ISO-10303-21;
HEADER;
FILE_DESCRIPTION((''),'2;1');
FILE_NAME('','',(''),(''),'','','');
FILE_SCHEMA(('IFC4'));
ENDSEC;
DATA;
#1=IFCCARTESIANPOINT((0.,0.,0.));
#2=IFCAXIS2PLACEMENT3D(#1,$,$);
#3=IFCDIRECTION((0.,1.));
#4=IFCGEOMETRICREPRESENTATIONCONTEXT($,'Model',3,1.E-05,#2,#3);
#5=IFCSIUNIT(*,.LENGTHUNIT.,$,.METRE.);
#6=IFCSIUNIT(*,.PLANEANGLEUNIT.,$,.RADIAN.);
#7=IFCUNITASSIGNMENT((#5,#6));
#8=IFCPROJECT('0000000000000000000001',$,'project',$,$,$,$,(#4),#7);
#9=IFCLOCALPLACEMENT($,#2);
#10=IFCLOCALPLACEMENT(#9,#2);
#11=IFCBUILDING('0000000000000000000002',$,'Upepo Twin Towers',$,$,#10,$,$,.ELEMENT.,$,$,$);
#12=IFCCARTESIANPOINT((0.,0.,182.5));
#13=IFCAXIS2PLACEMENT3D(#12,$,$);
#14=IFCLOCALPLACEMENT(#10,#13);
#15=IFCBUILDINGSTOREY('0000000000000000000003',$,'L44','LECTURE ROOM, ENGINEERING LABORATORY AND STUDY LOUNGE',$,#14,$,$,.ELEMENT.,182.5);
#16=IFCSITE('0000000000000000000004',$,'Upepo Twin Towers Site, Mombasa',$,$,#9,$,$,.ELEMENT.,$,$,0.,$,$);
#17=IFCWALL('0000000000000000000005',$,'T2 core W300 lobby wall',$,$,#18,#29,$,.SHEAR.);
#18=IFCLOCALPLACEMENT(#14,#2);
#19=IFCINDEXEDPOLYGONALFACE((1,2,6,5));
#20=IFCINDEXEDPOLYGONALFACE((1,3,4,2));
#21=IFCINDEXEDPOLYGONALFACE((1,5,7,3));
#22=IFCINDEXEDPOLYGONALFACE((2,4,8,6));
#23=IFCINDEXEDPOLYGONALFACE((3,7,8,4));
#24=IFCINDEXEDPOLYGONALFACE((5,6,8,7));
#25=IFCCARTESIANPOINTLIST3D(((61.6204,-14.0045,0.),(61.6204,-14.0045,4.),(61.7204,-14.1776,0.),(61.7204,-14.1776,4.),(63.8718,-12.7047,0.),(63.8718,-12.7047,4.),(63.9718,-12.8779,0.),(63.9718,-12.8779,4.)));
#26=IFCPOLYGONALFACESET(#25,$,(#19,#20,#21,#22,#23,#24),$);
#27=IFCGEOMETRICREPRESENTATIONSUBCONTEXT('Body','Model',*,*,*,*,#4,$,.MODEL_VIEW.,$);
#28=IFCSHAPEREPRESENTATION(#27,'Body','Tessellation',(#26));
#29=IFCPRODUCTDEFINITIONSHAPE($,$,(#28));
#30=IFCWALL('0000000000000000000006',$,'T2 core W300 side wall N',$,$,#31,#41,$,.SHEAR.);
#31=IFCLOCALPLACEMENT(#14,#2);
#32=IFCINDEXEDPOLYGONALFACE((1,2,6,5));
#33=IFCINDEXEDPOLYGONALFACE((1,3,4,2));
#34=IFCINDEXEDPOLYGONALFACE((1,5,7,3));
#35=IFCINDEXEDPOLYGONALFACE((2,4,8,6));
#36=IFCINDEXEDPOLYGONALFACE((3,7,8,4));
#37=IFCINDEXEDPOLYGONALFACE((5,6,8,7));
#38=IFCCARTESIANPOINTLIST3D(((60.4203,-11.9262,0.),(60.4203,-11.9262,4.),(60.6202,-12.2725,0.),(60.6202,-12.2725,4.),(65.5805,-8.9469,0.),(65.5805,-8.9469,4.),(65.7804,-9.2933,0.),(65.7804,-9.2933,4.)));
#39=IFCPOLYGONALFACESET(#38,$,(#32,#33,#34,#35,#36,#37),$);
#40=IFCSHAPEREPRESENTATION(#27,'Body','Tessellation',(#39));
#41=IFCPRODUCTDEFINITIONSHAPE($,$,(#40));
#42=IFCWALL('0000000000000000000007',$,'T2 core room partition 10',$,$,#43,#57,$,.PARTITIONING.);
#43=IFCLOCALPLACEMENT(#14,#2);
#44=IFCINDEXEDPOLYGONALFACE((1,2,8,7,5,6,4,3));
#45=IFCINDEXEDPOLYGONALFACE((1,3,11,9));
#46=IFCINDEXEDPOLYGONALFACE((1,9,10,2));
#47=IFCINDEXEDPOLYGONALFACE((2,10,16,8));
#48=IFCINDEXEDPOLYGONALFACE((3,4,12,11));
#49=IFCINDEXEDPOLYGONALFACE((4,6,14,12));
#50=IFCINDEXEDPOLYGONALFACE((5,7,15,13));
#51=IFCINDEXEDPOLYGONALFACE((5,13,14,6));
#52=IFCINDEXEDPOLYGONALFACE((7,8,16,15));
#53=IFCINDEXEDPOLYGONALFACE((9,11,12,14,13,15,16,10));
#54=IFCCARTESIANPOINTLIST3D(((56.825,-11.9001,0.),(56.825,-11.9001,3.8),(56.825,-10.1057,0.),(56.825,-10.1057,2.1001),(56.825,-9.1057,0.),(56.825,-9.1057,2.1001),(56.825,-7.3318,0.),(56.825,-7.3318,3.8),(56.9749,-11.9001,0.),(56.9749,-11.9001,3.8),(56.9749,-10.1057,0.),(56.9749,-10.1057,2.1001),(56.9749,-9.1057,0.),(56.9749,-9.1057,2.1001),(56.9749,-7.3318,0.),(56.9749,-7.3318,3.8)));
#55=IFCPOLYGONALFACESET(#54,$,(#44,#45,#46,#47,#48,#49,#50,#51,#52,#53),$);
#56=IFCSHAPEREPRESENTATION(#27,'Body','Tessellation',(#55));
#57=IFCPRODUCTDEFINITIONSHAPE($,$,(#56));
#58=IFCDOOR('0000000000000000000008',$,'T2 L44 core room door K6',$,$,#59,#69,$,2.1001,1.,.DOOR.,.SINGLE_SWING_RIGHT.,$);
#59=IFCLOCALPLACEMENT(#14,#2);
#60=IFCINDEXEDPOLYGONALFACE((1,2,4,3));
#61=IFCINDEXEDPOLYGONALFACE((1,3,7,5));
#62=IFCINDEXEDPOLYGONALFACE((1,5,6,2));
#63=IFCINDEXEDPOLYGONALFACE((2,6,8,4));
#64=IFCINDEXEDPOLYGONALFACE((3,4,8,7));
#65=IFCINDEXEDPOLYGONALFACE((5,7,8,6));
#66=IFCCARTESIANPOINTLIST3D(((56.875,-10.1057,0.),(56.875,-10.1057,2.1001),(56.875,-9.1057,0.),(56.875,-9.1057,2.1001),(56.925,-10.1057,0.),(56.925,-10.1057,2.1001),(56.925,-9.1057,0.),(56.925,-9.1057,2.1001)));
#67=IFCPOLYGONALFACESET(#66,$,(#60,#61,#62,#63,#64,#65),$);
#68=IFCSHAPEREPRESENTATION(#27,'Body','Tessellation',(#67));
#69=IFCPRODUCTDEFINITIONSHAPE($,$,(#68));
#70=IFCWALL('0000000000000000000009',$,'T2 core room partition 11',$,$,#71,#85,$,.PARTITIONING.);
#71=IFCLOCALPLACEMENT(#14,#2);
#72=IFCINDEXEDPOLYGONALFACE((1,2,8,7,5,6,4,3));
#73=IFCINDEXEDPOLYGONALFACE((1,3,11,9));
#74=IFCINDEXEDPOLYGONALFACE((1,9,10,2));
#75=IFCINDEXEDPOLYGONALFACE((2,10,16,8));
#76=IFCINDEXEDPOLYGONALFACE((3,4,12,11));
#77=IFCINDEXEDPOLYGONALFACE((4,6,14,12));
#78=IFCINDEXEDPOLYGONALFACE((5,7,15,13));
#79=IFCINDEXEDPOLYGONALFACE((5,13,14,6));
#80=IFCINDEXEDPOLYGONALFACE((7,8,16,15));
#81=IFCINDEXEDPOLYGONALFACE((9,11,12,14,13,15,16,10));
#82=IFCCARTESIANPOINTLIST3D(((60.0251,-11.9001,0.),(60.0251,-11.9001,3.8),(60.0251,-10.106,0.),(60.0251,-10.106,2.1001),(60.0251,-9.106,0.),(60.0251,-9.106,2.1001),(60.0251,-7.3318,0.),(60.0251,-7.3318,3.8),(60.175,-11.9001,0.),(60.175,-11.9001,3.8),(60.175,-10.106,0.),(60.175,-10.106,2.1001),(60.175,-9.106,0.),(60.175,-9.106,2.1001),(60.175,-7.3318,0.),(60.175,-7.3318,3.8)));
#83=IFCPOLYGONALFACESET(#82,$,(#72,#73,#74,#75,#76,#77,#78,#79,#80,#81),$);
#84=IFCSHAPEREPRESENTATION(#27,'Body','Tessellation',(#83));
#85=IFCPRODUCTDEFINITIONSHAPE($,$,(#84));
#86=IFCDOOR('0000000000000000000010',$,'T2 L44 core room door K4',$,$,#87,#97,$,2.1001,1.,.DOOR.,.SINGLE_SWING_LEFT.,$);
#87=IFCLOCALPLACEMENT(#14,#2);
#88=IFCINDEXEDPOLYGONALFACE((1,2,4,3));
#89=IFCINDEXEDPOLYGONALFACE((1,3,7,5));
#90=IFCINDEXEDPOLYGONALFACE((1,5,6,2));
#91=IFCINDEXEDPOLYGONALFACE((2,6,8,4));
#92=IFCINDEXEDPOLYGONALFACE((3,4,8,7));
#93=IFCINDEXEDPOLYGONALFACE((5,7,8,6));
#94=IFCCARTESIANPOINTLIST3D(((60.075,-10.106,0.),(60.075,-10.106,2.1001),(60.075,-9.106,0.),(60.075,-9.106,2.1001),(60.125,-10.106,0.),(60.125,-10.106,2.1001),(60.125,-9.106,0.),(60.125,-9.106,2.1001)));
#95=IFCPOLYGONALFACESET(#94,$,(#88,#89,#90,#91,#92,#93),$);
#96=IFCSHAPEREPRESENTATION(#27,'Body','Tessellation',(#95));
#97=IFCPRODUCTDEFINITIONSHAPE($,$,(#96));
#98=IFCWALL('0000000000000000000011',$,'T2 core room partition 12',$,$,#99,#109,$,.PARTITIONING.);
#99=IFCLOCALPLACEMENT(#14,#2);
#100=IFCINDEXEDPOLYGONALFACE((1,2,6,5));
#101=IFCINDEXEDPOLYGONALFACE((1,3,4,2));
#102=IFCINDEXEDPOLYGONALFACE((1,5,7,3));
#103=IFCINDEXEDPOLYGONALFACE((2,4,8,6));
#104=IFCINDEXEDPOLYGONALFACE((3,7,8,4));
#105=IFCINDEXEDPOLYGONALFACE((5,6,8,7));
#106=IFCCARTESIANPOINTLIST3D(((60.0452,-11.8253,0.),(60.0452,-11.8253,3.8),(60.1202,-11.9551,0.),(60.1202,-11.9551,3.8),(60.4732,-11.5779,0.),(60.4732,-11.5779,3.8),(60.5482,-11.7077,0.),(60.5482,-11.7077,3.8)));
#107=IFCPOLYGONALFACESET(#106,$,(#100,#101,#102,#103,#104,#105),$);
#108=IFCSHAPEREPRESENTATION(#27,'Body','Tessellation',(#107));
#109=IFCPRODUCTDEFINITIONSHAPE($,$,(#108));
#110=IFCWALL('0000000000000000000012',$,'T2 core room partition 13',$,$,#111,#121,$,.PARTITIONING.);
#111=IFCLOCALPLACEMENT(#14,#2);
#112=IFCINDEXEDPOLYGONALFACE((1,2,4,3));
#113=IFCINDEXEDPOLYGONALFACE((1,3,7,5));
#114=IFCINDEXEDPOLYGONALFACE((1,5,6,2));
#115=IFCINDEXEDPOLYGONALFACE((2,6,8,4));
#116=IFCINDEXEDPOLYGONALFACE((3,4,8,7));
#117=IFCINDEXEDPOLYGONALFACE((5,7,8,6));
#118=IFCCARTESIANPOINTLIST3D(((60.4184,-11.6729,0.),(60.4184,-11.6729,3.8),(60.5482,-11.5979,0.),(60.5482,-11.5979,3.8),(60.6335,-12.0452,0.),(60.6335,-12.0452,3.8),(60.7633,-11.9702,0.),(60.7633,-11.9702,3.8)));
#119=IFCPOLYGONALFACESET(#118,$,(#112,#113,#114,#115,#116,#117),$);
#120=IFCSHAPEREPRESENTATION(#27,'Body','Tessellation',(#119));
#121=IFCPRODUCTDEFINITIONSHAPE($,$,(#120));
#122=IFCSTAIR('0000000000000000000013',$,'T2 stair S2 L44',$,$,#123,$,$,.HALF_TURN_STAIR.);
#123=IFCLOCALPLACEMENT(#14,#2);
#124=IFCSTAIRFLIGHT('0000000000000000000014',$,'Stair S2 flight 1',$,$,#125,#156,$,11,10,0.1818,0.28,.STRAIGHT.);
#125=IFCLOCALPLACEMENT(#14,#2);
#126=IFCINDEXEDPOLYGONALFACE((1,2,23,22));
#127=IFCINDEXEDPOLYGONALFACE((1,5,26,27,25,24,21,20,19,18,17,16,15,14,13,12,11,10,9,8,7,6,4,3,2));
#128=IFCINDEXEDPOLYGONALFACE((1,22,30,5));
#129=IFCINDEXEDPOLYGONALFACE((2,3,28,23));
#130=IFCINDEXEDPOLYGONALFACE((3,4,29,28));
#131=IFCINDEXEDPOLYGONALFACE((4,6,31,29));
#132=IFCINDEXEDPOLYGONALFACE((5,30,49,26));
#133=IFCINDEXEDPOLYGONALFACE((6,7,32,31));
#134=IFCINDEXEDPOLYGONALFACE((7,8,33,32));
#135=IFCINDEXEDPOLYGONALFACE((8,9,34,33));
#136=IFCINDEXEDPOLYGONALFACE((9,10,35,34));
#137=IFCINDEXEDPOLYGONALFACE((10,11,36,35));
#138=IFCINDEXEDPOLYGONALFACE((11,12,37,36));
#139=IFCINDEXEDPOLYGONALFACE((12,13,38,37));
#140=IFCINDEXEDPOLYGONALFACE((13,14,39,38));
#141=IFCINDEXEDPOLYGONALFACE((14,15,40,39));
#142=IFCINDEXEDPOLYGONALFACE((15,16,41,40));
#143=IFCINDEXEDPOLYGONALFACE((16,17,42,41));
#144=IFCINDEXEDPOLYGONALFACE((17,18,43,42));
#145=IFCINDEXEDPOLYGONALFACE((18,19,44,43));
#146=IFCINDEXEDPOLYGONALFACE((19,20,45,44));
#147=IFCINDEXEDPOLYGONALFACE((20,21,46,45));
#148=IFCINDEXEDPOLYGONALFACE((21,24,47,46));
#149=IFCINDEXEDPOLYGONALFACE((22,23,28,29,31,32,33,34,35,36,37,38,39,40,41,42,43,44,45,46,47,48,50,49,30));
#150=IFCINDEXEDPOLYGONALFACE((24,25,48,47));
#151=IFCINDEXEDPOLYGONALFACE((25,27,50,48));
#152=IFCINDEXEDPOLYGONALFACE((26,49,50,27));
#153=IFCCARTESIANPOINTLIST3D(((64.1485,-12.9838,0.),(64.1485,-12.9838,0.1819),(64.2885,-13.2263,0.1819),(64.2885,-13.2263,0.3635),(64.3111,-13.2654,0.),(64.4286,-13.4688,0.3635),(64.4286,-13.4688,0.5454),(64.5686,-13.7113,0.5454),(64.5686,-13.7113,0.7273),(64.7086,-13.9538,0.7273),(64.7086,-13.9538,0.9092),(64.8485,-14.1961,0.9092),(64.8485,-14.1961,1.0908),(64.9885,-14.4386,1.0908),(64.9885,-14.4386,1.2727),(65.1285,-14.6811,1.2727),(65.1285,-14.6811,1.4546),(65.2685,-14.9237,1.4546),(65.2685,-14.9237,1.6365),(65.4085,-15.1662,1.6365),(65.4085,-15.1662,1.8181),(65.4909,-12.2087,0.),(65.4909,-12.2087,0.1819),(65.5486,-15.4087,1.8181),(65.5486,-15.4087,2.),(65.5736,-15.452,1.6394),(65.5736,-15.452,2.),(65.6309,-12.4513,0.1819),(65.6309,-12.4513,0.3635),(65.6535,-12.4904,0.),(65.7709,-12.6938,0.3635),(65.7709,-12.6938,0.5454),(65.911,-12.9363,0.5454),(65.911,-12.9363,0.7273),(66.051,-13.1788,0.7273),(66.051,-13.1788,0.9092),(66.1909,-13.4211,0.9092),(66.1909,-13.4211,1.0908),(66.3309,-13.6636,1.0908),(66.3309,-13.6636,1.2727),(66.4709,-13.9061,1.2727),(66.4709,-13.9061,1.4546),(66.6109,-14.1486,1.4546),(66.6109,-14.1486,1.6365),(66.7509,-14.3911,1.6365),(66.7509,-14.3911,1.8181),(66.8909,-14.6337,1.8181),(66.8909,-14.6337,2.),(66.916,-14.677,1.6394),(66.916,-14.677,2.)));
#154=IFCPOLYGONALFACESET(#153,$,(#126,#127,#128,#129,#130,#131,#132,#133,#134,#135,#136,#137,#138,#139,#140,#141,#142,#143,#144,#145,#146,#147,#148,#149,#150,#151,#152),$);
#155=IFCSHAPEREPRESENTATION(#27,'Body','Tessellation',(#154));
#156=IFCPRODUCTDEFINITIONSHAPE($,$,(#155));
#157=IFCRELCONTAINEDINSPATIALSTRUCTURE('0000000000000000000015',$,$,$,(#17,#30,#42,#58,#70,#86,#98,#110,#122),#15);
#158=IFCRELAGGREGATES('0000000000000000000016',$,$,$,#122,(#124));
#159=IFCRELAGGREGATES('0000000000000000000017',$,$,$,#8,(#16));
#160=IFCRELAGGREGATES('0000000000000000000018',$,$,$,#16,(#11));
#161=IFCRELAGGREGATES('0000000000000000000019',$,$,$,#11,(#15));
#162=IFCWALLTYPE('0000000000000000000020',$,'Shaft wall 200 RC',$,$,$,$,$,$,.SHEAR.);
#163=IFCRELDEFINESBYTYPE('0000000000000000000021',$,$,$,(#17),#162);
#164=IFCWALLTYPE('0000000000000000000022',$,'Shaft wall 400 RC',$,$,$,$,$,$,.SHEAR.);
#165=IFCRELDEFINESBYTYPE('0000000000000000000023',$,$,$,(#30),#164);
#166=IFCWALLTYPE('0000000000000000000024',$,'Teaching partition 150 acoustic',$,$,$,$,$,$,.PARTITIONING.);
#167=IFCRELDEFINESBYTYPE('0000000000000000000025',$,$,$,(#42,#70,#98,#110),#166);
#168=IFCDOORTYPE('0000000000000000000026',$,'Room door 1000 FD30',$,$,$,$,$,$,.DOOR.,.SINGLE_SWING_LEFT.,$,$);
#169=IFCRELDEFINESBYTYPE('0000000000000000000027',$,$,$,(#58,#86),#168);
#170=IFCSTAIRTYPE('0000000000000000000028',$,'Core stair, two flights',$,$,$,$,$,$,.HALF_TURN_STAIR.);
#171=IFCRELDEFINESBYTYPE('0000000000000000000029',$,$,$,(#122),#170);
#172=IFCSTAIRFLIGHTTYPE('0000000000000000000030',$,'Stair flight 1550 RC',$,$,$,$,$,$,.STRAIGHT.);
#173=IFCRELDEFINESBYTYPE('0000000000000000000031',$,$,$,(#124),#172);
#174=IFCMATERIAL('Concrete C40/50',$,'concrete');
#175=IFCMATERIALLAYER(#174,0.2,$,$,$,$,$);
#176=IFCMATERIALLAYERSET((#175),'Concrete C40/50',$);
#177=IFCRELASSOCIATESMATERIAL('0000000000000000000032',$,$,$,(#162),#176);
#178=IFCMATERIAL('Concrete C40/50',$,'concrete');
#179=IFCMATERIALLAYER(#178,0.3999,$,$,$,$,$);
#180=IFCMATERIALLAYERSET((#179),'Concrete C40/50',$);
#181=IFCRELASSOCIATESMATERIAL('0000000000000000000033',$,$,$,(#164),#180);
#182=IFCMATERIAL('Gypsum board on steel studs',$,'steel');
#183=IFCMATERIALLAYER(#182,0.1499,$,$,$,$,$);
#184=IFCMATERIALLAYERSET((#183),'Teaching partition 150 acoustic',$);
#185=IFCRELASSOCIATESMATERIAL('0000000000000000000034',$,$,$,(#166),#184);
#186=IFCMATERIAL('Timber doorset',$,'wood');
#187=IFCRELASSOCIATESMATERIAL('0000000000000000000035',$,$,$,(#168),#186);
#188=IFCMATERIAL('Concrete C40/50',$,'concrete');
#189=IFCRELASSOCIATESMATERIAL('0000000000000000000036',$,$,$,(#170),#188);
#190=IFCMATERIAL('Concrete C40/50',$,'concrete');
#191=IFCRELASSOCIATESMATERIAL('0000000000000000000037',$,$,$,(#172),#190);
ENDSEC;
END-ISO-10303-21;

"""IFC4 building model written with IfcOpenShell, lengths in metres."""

from ifc_helpers import new_model, si_unit, direction, frame, frame_2d, origin, place, context, subcontext, project, spatial, polyline, rectangle, outline, extrude, material, layer, layer_set, type_object, element, fill, aggregate, save


model = new_model("IFC4")

# Units and contexts
model_context = context("Model", 3, precision=1e-05, world=origin(), true_north=direction((0.0, 1.0)))
body_context = subcontext(model_context, "Body", "Model", "MODEL_VIEW")
ifc_project = project(units=[si_unit("LENGTHUNIT", "METRE"), si_unit("PLANEANGLEUNIT", "RADIAN")], contexts=[model_context])

# Site, building, storey
site_placement = place(None, origin())
site = spatial("IfcSite", under=ifc_project, at=site_placement, Name="Upepo Twin Towers Site, Mombasa", CompositionType="ELEMENT", RefElevation=0.0)
building_placement = place(site_placement, origin())
building = spatial("IfcBuilding", under=site, at=building_placement, Name="Upepo Twin Towers", CompositionType="ELEMENT")
storey_placement = place(building_placement, frame((0.0, 0.0, 182.5)))
storey = spatial("IfcBuildingStorey", under=building, at=storey_placement, Name="L44", Description="LECTURE ROOM, ENGINEERING LABORATORY AND STUDY LOUNGE", CompositionType="ELEMENT", Elevation=182.5)

# Walls
ifc_material_1 = material(Name="Concrete C40/50", Category="concrete")
ifc_layer_1 = layer(ifc_material_1, 0.2)
ifc_layer_set_1 = layer_set([ifc_layer_1], Name="Concrete C40/50")
wall_type_1 = type_object("IfcWallType", Name="Shaft wall 200 RC", PredefinedType="SHEAR", material=ifc_layer_set_1)
wall_1_placement = place(storey_placement, frame((61.6704, -14.0911, 0.0), z_axis=(0.0, 0.0, 1.0), x_axis=(0.866039, 0.499977, 0.0)))
element("IfcWall", 1, at=wall_1_placement, inside=storey, type_object=wall_type_1, Name="T2 core W300 lobby wall", PredefinedType="SHEAR", context=body_context, shape_type="SweptSolid", body=[
    extrude(rectangle(XDim=2.5996, YDim=0.2, at=frame_2d((1.2998, 0.0))), origin(), (0.0, 0.0, 1.0), 4.0),
])
ifc_material_2 = material(Name="Concrete C40/50", Category="concrete")
ifc_layer_2 = layer(ifc_material_2, 0.3999)
ifc_layer_set_2 = layer_set([ifc_layer_2], Name="Concrete C40/50")
wall_type_2 = type_object("IfcWallType", Name="Shaft wall 400 RC", PredefinedType="SHEAR", material=ifc_layer_set_2)
wall_2_placement = place(storey_placement, frame((60.5203, -12.0994, 0.0), z_axis=(0.0, 0.0, 1.0), x_axis=(0.866023, 0.500004, 0.0)))
element("IfcWall", 2, at=wall_2_placement, inside=storey, type_object=wall_type_2, Name="T2 core W300 side wall N", PredefinedType="SHEAR", context=body_context, shape_type="SweptSolid", body=[
    extrude(rectangle(XDim=5.9585, YDim=0.3999, at=frame_2d((2.9792, 0.0))), origin(), (0.0, 0.0, 1.0), 4.0),
])

# Walls, openings, doors
ifc_material_3 = material(Name="Gypsum board on steel studs", Category="steel")
ifc_layer_3 = layer(ifc_material_3, 0.1499)
ifc_layer_set_3 = layer_set([ifc_layer_3], Name="Teaching partition 150 acoustic")
wall_type_3 = type_object("IfcWallType", Name="Teaching partition 150 acoustic", PredefinedType="PARTITIONING", material=ifc_layer_set_3)
wall_3_placement = place(storey_placement, frame((56.8999, -11.9001, 0.0), z_axis=(0.0, 0.0, 1.0), x_axis=(0.0, 1.0, 0.0)))
wall_3 = element("IfcWall", 3, at=wall_3_placement, inside=storey, type_object=wall_type_3, Name="T2 core room partition 10", PredefinedType="PARTITIONING", context=body_context, shape_type="SweptSolid", body=[
    extrude(rectangle(XDim=4.5684, YDim=0.1499, at=frame_2d((2.2842, 0.0))), origin(), (0.0, 0.0, 1.0), 3.8),
])
opening_1_placement = place(wall_3_placement, frame((1.7944, 0.0, 0.0)))
opening_1 = element("IfcOpeningElement", 4, at=opening_1_placement, cuts=wall_3, PredefinedType="OPENING", context=body_context, shape_type="SweptSolid", body=[
    extrude(rectangle(XDim=1.0, YDim=2.1001, at=frame_2d((0.5, 1.05))), frame((0.0, 0.085, 0.0), z_axis=(0.0, -1.0, 0.0), x_axis=(1.0, 0.0, 0.0)), (0.0, 0.0, 1.0), 0.1699),
])
ifc_material_4 = material(Name="Timber doorset", Category="wood")
door_type_1 = type_object("IfcDoorType", Name="Room door 1000 FD30", OperationType="SINGLE_SWING_LEFT", PredefinedType="DOOR", material=ifc_material_4)
door_1_placement = place(opening_1_placement, origin())
door_1 = element("IfcDoor", 5, at=door_1_placement, inside=storey, type_object=door_type_1, Name="T2 L44 core room door K6", OperationType="SINGLE_SWING_RIGHT", OverallHeight=2.1001, OverallWidth=1.0, PredefinedType="DOOR", context=body_context, shape_type="SweptSolid", body=[
    extrude(rectangle(XDim=1.0, YDim=2.1001, at=frame_2d((0.5, 1.05))), frame((0.0, 0.0249, 0.0), z_axis=(0.0, -1.0, 0.0), x_axis=(1.0, 0.0, 0.0)), (0.0, 0.0, 1.0), 0.05),
])
fill(opening_1, door_1)
wall_4_placement = place(storey_placement, frame((60.1001, -7.3318, 0.0), z_axis=(0.0, 0.0, 1.0), x_axis=(0.0, -1.0, 0.0)))
wall_4 = element("IfcWall", 6, at=wall_4_placement, inside=storey, type_object=wall_type_3, Name="T2 core room partition 11", PredefinedType="PARTITIONING", context=body_context, shape_type="SweptSolid", body=[
    extrude(rectangle(XDim=4.5684, YDim=0.1499, at=frame_2d((2.2842, 0.0))), origin(), (0.0, 0.0, 1.0), 3.8),
])
opening_2_placement = place(wall_4_placement, frame((1.7742, 0.0, 0.0)))
opening_2 = element("IfcOpeningElement", 7, at=opening_2_placement, cuts=wall_4, PredefinedType="OPENING", context=body_context, shape_type="SweptSolid", body=[
    extrude(rectangle(XDim=1.0, YDim=2.1001, at=frame_2d((0.5, 1.05))), frame((0.0, 0.085, 0.0), z_axis=(0.0, -1.0, 0.0), x_axis=(1.0, 0.0, 0.0)), (0.0, 0.0, 1.0), 0.1699),
])
door_2_placement = place(opening_2_placement, origin())
door_2 = element("IfcDoor", 8, at=door_2_placement, inside=storey, type_object=door_type_1, Name="T2 L44 core room door K4", OperationType="SINGLE_SWING_LEFT", OverallHeight=2.1001, OverallWidth=1.0, PredefinedType="DOOR", context=body_context, shape_type="SweptSolid", body=[
    extrude(rectangle(XDim=1.0, YDim=2.1001, at=frame_2d((0.5, 1.05))), frame((0.0, 0.0249, 0.0), z_axis=(0.0, -1.0, 0.0), x_axis=(1.0, 0.0, 0.0)), (0.0, 0.0, 1.0), 0.05),
])
fill(opening_2, door_2)

# Walls
wall_5_placement = place(storey_placement, frame((60.0828, -11.8901, 0.0), z_axis=(0.0, 0.0, 1.0), x_axis=(0.865832, 0.500335, 0.0)))
element("IfcWall", 9, at=wall_5_placement, inside=storey, type_object=wall_type_3, Name="T2 core room partition 12", PredefinedType="PARTITIONING", context=body_context, shape_type="SweptSolid", body=[
    extrude(rectangle(XDim=0.4944, YDim=0.1499, at=frame_2d((0.2471, 0.0))), origin(), (0.0, 0.0, 1.0), 3.8),
])
wall_6_placement = place(storey_placement, frame((60.4834, -11.6355, 0.0), z_axis=(0.0, 0.0, 1.0), x_axis=(0.50023, -0.865892, 0.0)))
element("IfcWall", 10, at=wall_6_placement, inside=storey, type_object=wall_type_3, Name="T2 core room partition 13", PredefinedType="PARTITIONING", context=body_context, shape_type="SweptSolid", body=[
    extrude(rectangle(XDim=0.4299, YDim=0.1499, at=frame_2d((0.2148, 0.0))), origin(), (0.0, 0.0, 1.0), 3.8),
])

# Stair, stair flight
ifc_material_5 = material(Name="Concrete C40/50", Category="concrete")
stair_type = type_object("IfcStairType", Name="Core stair, two flights", PredefinedType="HALF_TURN_STAIR", material=ifc_material_5)
stair_placement = place(storey_placement, origin())
stair = element("IfcStair", 11, at=stair_placement, inside=storey, type_object=stair_type, Name="T2 stair S2 L44", PredefinedType="HALF_TURN_STAIR")
ifc_material_6 = material(Name="Concrete C40/50", Category="concrete")
stair_flight_type = type_object("IfcStairFlightType", Name="Stair flight 1550 RC", PredefinedType="STRAIGHT", material=ifc_material_6)
stair_flight_1_placement = place(storey_placement, frame((64.8198, -12.5962, 0.0), z_axis=(0.0, 0.0, 1.0), x_axis=(0.5, -0.866025, 0.0)))
stair_flight_1 = element("IfcStairFlight", 12, at=stair_flight_1_placement, type_object=stair_flight_type, Name="Stair S2 flight 1", NumberOfRisers=11, NumberOfTreads=10, PredefinedType="STRAIGHT", RiserHeight=0.1818, TreadLength=0.28, context=body_context, shape_type="SweptSolid", body=[
    extrude(outline(polyline([(0.0, 0.0), (0.0, 0.1819), (0.28, 0.1819), (0.28, 0.3635), (0.5601, 0.3635), (0.5601, 0.5454), (0.8401, 0.5454), (0.8401, 0.7273), (1.1201, 0.7273), (1.1201, 0.9092), (1.3999, 0.9092), (1.3999, 1.0908), (1.6799, 1.0908), (1.6799, 1.2727), (1.96, 1.2727), (1.96, 1.4546), (2.24, 1.4546), (2.24, 1.6365), (2.52, 1.6365), (2.52, 1.8181), (2.8, 1.8181), (2.8, 2.0), (2.8501, 2.0), (2.8501, 1.6394), (0.3252, 0.0), (0.0, 0.0)])), frame((0.0, 0.7749, 0.0), z_axis=(0.0, -1.0, 0.0), x_axis=(1.0, 0.0, 0.0)), (0.0, 0.0, 1.0), 1.55),
])
aggregate(stair, [stair_flight_1])

save(model, "model.ifc")
